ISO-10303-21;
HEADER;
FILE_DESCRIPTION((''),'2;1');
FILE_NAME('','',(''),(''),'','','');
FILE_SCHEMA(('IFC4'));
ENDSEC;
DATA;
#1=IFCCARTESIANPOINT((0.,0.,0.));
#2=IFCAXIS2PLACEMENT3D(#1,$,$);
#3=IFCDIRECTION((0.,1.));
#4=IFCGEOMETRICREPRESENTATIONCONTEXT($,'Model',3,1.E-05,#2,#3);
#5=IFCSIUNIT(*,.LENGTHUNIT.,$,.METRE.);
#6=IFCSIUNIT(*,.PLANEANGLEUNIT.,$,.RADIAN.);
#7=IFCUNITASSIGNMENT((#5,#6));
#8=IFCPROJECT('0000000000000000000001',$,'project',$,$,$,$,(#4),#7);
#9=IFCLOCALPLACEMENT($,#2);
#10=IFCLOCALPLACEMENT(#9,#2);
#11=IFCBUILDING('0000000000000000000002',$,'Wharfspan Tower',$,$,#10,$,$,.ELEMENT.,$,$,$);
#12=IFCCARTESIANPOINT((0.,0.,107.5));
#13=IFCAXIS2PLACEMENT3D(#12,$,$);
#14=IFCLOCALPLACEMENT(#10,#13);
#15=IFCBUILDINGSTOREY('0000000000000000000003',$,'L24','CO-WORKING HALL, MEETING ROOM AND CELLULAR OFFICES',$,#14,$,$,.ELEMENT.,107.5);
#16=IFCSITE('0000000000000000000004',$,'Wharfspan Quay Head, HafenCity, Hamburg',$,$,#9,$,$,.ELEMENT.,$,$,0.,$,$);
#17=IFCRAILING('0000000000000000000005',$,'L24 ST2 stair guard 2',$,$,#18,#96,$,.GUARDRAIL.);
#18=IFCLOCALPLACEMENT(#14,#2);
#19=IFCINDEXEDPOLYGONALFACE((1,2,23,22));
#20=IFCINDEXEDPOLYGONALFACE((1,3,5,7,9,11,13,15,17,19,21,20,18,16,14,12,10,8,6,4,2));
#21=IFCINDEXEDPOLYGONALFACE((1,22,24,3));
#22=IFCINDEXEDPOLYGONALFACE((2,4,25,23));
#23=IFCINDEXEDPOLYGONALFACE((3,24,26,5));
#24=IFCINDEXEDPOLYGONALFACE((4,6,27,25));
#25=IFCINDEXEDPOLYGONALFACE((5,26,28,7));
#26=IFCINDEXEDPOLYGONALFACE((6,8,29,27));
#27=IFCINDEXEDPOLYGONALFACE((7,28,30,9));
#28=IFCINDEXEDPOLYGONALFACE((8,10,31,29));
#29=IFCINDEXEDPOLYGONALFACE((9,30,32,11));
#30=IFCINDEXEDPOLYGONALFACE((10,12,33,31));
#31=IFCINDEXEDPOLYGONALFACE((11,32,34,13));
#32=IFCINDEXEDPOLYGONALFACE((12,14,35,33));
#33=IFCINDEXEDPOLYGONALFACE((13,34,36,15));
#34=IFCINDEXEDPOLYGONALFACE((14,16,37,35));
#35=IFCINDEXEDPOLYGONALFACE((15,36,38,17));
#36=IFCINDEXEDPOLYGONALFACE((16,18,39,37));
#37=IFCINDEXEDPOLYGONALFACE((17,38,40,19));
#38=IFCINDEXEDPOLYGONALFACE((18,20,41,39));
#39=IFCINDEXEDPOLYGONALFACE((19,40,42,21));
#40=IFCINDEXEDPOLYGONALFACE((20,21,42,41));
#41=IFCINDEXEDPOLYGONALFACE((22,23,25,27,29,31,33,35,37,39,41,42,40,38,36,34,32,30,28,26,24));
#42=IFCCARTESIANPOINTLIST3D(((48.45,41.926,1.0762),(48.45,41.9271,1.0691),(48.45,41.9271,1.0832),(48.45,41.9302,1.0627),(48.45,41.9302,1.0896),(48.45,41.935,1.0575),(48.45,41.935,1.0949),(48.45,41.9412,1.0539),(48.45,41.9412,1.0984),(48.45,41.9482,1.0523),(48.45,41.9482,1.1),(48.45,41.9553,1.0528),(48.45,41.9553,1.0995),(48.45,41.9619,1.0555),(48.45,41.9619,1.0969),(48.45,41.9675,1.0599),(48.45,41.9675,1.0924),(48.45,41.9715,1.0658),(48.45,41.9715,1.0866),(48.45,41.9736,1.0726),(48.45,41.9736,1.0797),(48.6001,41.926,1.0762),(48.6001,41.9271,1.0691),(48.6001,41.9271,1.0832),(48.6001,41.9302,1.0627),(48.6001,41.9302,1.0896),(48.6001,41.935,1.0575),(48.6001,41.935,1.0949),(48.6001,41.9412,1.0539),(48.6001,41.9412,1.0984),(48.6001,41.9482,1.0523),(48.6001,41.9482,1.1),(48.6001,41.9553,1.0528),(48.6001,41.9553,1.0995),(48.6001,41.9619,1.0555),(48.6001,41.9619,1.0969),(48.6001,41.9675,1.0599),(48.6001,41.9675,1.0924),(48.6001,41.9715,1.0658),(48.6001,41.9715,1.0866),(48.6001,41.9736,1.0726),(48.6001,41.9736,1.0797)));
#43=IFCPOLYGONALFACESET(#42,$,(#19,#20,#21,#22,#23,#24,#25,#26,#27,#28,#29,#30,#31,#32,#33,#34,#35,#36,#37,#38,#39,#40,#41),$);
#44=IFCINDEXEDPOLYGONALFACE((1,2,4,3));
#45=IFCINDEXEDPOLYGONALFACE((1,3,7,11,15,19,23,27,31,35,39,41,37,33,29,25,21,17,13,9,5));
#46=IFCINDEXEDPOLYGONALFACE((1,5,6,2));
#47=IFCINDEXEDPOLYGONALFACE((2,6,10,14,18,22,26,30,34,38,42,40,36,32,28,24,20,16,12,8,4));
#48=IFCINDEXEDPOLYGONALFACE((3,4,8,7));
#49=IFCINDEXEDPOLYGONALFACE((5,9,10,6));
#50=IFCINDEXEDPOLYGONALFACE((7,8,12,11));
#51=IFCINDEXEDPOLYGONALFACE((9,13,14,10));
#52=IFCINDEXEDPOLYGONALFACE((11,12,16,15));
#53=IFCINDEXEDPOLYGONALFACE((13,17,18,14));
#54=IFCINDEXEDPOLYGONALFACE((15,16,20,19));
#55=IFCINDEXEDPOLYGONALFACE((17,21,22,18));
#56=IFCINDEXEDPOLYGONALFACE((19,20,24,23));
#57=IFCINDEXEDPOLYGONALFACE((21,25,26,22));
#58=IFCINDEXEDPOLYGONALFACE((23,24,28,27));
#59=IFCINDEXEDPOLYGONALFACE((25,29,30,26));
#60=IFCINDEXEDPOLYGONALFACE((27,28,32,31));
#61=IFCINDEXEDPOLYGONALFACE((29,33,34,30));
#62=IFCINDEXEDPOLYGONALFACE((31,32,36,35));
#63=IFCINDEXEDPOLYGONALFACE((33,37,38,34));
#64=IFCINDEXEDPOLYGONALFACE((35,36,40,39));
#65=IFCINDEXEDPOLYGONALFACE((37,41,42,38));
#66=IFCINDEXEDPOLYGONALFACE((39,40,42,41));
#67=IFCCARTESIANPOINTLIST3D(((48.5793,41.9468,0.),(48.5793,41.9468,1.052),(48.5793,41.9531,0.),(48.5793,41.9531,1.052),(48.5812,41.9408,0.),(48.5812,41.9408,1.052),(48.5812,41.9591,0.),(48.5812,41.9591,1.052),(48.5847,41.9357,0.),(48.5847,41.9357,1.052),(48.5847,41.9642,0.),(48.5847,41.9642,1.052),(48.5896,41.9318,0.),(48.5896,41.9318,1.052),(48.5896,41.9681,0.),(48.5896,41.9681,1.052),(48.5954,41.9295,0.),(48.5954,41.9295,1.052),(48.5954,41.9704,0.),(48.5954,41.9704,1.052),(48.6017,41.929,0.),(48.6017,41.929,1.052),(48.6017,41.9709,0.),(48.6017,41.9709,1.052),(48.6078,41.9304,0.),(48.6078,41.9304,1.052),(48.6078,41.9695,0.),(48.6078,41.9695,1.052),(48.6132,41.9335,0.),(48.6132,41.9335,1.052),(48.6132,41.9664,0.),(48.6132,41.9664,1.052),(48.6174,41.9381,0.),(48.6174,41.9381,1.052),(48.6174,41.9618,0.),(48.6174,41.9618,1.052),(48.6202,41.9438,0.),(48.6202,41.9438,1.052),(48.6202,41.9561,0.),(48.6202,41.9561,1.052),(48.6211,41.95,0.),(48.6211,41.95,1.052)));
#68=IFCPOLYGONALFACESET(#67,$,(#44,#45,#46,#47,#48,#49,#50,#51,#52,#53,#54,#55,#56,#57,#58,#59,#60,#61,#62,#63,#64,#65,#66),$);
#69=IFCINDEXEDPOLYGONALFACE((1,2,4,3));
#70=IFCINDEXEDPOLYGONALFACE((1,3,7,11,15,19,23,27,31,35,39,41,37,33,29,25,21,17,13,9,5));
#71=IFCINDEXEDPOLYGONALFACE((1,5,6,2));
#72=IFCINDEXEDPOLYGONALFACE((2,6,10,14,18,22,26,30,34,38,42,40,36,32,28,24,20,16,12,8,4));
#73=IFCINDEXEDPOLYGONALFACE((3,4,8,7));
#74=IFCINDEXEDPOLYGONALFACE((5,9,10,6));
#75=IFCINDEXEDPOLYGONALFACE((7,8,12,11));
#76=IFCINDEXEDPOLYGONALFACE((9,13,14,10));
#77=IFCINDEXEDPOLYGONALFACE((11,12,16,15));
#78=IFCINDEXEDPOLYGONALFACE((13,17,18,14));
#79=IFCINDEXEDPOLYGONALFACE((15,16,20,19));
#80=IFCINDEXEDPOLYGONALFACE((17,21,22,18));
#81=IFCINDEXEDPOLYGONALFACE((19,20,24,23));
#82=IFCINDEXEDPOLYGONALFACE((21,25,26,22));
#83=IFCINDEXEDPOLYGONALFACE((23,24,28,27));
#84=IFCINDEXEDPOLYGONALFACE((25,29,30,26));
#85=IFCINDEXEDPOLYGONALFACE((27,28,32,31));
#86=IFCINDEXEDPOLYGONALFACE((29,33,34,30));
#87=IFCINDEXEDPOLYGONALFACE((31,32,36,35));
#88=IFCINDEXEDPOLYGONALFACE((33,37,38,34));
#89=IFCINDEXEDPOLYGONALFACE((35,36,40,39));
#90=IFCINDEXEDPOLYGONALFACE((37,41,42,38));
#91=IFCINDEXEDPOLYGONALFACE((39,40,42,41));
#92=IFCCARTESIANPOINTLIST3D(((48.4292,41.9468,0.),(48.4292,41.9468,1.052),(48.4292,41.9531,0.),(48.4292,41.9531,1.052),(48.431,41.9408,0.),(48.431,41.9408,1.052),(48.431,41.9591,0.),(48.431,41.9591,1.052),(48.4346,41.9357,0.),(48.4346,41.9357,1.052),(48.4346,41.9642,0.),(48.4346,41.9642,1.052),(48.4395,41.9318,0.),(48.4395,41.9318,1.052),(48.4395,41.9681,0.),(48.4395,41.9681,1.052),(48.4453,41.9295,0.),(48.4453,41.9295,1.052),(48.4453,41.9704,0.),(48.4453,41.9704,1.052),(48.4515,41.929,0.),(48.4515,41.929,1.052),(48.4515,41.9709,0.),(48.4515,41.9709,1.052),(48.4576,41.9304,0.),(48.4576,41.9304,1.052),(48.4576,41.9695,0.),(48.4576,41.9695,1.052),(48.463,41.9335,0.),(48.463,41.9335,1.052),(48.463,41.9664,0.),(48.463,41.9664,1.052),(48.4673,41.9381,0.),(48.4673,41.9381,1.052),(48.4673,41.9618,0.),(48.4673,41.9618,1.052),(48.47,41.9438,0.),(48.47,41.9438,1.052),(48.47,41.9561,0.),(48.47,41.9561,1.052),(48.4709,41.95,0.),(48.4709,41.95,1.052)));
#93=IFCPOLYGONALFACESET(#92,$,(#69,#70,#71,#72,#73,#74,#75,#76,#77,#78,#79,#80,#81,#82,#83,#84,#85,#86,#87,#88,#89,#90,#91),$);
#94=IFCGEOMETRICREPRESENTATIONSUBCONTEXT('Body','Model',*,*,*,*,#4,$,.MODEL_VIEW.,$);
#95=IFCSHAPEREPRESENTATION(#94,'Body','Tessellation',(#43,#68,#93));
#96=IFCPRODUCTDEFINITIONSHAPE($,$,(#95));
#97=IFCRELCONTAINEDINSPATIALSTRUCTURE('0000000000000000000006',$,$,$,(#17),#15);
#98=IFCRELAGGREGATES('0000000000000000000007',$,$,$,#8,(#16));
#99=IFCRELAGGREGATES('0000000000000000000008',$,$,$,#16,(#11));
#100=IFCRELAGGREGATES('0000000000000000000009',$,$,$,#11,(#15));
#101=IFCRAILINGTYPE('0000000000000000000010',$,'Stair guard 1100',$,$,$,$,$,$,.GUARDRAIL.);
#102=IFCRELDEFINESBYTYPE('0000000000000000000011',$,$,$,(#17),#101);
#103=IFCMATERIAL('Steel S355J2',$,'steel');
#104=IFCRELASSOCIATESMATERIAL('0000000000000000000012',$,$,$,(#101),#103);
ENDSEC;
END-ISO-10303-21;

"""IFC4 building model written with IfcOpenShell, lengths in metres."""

from ifc_helpers import new_model, si_unit, direction, frame, origin, origin_2d, place, context, subcontext, project, spatial, circle, extrude, material, type_object, element, save


model = new_model("IFC4")

# Units and contexts
model_context = context("Model", 3, precision=1e-05, world=origin(), true_north=direction((0.0, 1.0)))
body_context = subcontext(model_context, "Body", "Model", "MODEL_VIEW")
ifc_project = project(units=[si_unit("LENGTHUNIT", "METRE"), si_unit("PLANEANGLEUNIT", "RADIAN")], contexts=[model_context])

# Site, building, storey
site_placement = place(None, origin())
site = spatial("IfcSite", under=ifc_project, at=site_placement, Name="Wharfspan Quay Head, HafenCity, Hamburg", CompositionType="ELEMENT", RefElevation=0.0)
building_placement = place(site_placement, origin())
building = spatial("IfcBuilding", under=site, at=building_placement, Name="Wharfspan Tower", CompositionType="ELEMENT")
storey_placement = place(building_placement, frame((0.0, 0.0, 107.5)))
storey = spatial("IfcBuildingStorey", under=building, at=storey_placement, Name="L24", Description="CO-WORKING HALL, MEETING ROOM AND CELLULAR OFFICES", CompositionType="ELEMENT", Elevation=107.5)

# Shared definitions
ifc_material_1 = material(Name="Steel S355J2", Category="steel")

# Railing
railing_type_1 = type_object("IfcRailingType", Name="Stair guard 1100", PredefinedType="GUARDRAIL", material=ifc_material_1)
railing_1_placement = place(storey_placement, frame((48.6001, 41.95, 0.0)))
element("IfcRailing", 1, at=railing_1_placement, inside=storey, type_object=railing_type_1, Name="L24 ST2 stair guard 2", PredefinedType="GUARDRAIL", context=body_context, shape_type="SweptSolid", body=[
    extrude(circle(Radius=0.0239, at=origin_2d()), frame((0.0, 0.0, 1.0762), z_axis=(-1.0, 0.0, 0.0), x_axis=(0.0, -1.0, 0.0)), (0.0, 0.0, 1.0), 0.1501),
    extrude(circle(Radius=0.021, at=origin_2d()), origin(), (0.0, 0.0, 1.0), 1.052),
    extrude(circle(Radius=0.021, at=origin_2d()), frame((-0.1501, 0.0, 0.0)), (0.0, 0.0, 1.0), 1.052),
])

save(model, "model.ifc")
